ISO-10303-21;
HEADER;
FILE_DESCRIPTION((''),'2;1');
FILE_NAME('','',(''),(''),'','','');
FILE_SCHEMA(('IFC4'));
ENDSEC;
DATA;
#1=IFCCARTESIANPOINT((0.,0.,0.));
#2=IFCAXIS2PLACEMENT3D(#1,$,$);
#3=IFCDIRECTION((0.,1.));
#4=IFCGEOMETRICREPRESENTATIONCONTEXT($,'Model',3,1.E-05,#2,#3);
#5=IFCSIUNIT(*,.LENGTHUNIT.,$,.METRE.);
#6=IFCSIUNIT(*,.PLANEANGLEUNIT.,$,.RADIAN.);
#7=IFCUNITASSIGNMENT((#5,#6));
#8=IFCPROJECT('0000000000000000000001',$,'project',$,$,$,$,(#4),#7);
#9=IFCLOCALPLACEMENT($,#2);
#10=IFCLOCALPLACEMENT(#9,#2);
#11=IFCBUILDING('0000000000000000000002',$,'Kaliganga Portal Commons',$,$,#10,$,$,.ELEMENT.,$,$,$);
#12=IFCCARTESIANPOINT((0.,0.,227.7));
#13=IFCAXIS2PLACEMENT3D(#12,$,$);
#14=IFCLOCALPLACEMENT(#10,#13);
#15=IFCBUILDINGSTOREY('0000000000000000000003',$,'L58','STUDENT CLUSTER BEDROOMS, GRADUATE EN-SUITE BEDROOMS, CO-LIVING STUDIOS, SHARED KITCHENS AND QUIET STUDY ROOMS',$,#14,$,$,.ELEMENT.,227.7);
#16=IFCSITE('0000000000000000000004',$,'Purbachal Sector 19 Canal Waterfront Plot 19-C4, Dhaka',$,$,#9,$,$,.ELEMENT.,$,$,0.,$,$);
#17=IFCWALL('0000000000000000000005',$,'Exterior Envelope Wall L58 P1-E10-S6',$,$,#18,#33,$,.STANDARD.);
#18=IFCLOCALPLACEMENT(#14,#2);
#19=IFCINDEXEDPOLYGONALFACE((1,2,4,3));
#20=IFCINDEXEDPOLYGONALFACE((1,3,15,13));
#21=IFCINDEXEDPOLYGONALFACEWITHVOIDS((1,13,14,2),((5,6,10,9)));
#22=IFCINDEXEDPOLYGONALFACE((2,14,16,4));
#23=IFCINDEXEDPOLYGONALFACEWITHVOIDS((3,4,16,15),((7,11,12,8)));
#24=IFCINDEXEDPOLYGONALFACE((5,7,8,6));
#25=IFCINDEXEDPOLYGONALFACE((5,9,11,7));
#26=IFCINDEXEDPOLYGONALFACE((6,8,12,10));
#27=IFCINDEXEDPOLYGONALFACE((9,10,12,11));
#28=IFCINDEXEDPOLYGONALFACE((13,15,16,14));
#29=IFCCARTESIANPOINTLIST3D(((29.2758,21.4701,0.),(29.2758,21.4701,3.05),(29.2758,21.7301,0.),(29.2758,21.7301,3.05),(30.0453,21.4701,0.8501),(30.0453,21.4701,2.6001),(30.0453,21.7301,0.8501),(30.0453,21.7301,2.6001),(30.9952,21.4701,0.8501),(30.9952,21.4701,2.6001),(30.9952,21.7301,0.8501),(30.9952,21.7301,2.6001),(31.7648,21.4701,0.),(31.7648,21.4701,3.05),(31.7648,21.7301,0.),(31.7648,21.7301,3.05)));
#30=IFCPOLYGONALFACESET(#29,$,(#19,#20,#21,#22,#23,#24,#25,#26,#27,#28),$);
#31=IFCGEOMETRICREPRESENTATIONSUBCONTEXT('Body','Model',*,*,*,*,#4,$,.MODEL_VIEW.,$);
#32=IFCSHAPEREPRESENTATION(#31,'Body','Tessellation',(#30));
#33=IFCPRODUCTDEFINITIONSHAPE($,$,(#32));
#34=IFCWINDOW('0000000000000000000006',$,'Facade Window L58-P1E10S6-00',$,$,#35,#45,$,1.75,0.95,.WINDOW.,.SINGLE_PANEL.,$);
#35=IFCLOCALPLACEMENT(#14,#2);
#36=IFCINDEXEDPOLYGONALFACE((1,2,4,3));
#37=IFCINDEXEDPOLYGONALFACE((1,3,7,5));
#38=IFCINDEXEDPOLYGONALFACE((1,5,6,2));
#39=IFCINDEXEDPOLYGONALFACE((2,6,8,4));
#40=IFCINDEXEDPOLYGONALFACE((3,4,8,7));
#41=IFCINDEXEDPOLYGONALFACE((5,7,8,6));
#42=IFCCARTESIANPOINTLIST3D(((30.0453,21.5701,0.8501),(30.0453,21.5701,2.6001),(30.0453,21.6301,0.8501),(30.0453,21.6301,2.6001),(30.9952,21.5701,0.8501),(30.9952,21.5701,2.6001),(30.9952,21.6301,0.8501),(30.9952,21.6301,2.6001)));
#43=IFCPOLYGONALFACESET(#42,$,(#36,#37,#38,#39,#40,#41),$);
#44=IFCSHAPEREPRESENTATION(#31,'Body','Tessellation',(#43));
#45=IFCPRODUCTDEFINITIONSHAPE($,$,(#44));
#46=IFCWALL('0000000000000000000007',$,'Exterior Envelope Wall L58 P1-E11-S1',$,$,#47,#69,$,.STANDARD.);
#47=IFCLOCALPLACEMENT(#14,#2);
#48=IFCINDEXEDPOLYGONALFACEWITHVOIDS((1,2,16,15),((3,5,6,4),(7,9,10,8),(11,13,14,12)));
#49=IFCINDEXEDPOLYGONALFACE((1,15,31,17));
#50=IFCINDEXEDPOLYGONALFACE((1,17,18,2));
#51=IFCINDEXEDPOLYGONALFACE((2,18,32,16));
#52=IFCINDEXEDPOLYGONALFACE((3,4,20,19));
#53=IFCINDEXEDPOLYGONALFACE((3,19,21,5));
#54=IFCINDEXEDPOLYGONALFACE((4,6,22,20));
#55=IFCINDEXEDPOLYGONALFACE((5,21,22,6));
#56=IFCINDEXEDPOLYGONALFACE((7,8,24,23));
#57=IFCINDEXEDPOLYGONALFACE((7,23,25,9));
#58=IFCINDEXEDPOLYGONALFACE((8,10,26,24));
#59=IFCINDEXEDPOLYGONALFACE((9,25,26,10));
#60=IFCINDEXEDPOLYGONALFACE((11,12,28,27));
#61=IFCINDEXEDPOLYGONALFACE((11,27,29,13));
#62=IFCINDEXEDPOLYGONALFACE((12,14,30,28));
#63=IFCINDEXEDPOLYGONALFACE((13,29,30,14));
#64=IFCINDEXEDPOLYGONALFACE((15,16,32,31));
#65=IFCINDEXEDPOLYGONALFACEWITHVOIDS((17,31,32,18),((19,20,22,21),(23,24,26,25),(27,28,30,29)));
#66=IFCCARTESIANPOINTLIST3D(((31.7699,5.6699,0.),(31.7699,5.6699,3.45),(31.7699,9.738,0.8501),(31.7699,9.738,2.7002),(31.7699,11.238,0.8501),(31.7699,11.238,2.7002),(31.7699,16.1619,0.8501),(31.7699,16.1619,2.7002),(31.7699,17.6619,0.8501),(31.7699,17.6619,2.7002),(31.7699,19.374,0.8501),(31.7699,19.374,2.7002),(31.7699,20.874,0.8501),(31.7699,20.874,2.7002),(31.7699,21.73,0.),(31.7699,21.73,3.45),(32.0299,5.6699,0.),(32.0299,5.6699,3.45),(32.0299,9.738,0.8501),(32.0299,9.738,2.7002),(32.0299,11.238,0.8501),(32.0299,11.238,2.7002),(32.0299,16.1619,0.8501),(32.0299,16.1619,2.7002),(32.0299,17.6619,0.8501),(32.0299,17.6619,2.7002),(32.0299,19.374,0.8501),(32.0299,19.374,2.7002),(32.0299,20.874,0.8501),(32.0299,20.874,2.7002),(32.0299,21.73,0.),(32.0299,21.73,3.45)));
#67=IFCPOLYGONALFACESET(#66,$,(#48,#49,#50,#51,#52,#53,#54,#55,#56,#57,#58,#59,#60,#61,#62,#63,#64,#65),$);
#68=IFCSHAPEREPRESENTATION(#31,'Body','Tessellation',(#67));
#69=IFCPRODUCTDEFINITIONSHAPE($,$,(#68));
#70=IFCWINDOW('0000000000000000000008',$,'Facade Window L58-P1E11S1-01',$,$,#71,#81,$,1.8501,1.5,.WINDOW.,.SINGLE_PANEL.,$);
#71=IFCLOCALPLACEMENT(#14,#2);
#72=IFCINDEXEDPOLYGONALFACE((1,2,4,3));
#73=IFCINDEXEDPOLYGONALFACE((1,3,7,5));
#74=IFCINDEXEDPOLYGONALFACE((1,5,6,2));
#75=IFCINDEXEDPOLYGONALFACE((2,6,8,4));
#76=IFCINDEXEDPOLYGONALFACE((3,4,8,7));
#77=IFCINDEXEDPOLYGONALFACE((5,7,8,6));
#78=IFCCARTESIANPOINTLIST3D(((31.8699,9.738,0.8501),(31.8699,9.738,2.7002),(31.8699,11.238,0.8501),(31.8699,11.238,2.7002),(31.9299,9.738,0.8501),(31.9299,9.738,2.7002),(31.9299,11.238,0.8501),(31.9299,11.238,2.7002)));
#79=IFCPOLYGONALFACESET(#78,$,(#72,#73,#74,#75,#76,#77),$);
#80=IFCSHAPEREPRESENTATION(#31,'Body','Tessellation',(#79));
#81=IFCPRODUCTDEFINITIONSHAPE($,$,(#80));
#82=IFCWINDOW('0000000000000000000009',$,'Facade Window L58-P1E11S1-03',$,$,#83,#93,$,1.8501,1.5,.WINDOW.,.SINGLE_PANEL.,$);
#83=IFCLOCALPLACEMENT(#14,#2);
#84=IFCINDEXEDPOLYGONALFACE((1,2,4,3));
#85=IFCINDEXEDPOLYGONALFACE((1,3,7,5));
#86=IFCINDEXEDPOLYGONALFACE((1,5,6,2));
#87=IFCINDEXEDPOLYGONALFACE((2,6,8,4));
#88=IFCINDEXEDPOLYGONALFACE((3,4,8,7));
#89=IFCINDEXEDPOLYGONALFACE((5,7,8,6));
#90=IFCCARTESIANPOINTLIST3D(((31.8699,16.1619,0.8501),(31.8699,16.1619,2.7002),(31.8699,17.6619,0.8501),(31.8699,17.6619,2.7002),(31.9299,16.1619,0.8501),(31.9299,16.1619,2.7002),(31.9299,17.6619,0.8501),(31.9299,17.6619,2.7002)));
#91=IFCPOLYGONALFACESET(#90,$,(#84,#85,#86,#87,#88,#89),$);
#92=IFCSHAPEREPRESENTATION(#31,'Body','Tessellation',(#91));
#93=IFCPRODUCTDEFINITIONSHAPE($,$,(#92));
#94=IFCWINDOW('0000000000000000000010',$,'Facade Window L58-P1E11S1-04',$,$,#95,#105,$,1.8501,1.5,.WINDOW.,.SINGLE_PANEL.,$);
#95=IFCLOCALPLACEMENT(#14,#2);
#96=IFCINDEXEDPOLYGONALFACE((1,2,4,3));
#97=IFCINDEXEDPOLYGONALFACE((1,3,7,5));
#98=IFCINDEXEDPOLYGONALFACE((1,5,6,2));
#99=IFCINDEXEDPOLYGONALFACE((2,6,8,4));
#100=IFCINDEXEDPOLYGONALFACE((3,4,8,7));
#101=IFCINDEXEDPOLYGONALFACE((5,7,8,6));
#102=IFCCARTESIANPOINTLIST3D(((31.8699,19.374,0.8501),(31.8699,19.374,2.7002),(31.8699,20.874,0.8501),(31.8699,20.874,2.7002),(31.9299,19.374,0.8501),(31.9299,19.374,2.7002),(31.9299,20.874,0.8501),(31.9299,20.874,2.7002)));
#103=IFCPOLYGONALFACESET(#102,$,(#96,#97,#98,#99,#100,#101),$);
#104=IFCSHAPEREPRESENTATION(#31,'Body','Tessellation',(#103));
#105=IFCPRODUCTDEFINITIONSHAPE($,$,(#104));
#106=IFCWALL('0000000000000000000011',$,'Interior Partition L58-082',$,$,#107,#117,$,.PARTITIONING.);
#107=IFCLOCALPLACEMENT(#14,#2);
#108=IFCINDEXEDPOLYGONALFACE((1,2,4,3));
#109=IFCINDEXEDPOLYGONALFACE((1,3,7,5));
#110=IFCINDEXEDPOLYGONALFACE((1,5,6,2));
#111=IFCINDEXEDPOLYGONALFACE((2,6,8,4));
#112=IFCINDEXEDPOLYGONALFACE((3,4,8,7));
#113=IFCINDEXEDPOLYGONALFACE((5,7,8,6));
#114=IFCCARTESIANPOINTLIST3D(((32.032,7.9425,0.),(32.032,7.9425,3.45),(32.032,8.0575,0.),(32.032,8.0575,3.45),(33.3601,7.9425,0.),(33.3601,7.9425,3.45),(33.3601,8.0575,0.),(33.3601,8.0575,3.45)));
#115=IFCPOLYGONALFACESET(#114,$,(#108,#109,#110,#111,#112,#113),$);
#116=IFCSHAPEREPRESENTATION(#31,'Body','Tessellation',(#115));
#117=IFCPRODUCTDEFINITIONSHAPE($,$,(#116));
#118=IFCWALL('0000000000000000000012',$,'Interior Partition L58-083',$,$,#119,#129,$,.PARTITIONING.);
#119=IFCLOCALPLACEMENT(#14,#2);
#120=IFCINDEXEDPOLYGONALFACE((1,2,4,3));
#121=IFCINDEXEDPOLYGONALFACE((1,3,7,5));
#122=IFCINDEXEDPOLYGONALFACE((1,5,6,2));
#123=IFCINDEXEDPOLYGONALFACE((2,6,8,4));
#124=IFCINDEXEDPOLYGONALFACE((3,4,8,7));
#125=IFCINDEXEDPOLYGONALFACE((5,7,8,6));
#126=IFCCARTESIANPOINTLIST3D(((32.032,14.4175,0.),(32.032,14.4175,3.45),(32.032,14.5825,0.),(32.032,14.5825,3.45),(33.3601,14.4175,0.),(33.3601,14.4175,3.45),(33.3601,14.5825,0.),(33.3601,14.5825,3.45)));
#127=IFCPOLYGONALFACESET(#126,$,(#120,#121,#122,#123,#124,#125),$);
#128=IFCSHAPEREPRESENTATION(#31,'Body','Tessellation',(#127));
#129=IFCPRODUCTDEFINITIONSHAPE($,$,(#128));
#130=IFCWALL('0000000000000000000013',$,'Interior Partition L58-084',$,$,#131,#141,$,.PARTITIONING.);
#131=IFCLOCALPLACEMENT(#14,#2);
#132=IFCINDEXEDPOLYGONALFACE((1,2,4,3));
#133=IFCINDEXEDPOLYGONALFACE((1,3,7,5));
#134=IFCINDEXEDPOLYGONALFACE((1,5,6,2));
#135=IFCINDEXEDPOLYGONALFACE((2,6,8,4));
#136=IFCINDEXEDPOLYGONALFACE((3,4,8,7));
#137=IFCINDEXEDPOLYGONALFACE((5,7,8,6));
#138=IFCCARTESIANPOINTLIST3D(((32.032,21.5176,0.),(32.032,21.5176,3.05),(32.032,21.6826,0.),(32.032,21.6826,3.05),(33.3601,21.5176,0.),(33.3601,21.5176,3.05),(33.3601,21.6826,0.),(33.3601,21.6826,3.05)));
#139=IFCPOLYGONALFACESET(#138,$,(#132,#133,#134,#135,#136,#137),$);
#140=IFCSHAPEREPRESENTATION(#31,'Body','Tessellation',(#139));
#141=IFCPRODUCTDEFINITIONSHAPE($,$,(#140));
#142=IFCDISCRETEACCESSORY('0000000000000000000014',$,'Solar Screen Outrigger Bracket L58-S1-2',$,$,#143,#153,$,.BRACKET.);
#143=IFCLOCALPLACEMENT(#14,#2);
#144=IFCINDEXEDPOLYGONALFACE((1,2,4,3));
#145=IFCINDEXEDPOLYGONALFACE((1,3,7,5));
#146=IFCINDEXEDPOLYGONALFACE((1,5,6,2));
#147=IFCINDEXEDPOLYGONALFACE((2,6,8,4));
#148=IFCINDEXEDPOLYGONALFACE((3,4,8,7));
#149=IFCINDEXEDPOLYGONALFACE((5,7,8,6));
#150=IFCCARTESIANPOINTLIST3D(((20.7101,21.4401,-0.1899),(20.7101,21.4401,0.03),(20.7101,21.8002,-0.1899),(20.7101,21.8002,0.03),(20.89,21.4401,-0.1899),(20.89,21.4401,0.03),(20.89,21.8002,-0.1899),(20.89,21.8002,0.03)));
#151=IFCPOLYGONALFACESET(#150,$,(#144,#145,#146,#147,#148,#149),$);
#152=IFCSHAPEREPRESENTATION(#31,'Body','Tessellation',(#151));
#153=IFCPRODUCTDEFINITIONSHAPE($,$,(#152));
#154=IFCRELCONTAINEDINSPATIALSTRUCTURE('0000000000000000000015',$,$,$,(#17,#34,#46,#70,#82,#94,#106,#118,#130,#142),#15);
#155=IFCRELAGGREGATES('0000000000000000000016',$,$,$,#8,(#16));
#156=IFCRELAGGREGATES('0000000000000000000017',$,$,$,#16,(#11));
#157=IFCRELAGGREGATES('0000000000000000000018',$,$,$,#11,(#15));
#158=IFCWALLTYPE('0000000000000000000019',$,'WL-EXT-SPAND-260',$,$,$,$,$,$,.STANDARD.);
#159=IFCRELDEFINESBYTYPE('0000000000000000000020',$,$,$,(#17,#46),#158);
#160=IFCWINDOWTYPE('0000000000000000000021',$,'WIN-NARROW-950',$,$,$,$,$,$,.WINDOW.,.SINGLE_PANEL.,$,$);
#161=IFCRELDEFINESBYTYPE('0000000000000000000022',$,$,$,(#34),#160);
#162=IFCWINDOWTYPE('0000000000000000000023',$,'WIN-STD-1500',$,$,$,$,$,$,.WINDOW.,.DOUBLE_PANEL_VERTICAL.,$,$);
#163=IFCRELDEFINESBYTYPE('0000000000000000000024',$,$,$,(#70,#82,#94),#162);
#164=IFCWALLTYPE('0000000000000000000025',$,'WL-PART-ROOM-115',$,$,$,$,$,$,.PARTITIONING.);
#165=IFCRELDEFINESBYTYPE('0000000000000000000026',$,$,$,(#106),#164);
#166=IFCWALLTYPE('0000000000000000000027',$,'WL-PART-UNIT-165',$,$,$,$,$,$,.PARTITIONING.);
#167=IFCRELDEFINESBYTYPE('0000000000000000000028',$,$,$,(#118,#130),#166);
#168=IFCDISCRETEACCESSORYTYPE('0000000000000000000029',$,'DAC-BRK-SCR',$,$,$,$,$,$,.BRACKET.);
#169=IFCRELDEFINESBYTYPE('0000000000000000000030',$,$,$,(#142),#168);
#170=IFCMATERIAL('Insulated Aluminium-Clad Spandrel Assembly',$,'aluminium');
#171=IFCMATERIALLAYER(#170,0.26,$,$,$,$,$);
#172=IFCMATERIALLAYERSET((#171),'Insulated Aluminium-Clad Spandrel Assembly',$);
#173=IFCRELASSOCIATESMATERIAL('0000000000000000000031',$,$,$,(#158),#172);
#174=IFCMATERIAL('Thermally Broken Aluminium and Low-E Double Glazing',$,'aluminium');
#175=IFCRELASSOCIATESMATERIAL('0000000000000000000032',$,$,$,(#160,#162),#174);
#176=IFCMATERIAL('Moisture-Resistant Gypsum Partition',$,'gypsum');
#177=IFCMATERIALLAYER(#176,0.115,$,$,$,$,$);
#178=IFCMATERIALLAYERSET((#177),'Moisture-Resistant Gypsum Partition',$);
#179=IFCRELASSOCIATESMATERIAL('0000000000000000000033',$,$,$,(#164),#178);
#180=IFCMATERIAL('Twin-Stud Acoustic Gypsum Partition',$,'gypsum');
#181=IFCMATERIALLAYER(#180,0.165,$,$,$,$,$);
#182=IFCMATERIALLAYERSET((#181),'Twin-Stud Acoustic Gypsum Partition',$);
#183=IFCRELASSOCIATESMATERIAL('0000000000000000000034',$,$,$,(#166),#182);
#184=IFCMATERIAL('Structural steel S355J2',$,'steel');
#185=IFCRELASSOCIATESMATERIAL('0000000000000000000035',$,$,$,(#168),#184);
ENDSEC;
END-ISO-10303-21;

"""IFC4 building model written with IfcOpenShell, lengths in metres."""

from ifc_helpers import new_model, si_unit, direction, frame, frame_2d, origin, origin_2d, place, context, subcontext, project, spatial, rectangle, extrude, source, transform, mapped, material, layer, layer_set, type_object, element, fill, save


model = new_model("IFC4")

# Units and contexts
model_context = context("Model", 3, precision=1e-05, world=origin(), true_north=direction((0.0, 1.0)))
body_context = subcontext(model_context, "Body", "Model", "MODEL_VIEW")
ifc_project = project(units=[si_unit("LENGTHUNIT", "METRE"), si_unit("PLANEANGLEUNIT", "RADIAN")], contexts=[model_context])

# Site, building, storey
site_placement = place(None, origin())
site = spatial("IfcSite", under=ifc_project, at=site_placement, Name="Purbachal Sector 19 Canal Waterfront Plot 19-C4, Dhaka", CompositionType="ELEMENT", RefElevation=0.0)
building_placement = place(site_placement, origin())
building = spatial("IfcBuilding", under=site, at=building_placement, Name="Kaliganga Portal Commons", CompositionType="ELEMENT")
storey_placement = place(building_placement, frame((0.0, 0.0, 227.7)))
storey = spatial("IfcBuildingStorey", under=building, at=storey_placement, Name="L58", Description="STUDENT CLUSTER BEDROOMS, GRADUATE EN-SUITE BEDROOMS, CO-LIVING STUDIOS, SHARED KITCHENS AND QUIET STUDY ROOMS", CompositionType="ELEMENT", Elevation=227.7)

# Shared definitions
ifc_material_1 = material(Name="Structural steel S355J2", Category="steel")

# Wall, opening, window
ifc_material_2 = material(Name="Insulated Aluminium-Clad Spandrel Assembly", Category="aluminium")
ifc_layer_1 = layer(ifc_material_2, 0.26)
ifc_layer_set_1 = layer_set([ifc_layer_1], Name="Insulated Aluminium-Clad Spandrel Assembly")
wall_type_1 = type_object("IfcWallType", Name="WL-EXT-SPAND-260", PredefinedType="STANDARD", material=ifc_layer_set_1)
ifc_material_3 = material(Name="Thermally Broken Aluminium and Low-E Double Glazing", Category="aluminium")
window_type_1 = type_object("IfcWindowType", Name="WIN-NARROW-950", PartitioningType="SINGLE_PANEL", PredefinedType="WINDOW", material=ifc_material_3)
wall_1_placement = place(storey_placement, frame((31.7649, 21.6001, 0.0), z_axis=(0.0, 0.0, 1.0), x_axis=(-1.0, 0.0, 0.0)))
wall_1 = element("IfcWall", 1, at=wall_1_placement, inside=storey, type_object=wall_type_1, Name="Exterior Envelope Wall L58 P1-E10-S6", PredefinedType="STANDARD", context=body_context, shape_type="SweptSolid", body=[
    extrude(rectangle(XDim=2.489, YDim=0.26, at=frame_2d((1.2446, 0.0))), origin(), (0.0, 0.0, 1.0), 3.05),
])
opening_1_placement = place(wall_1_placement, frame((0.7695, 0.0, 0.8501)))
opening_1 = element("IfcOpeningElement", 2, at=opening_1_placement, cuts=wall_1, PredefinedType="OPENING", context=body_context, shape_type="SweptSolid", body=[
    extrude(rectangle(XDim=0.95, YDim=1.75, at=frame_2d((0.4751, 0.875))), frame((0.0, 0.1401, 0.0), z_axis=(0.0, -1.0, 0.0), x_axis=(1.0, 0.0, 0.0)), (0.0, 0.0, 1.0), 0.28),
])
window_1_placement = place(opening_1_placement, origin())
window_1 = element("IfcWindow", 3, at=window_1_placement, inside=storey, type_object=window_type_1, Name="Facade Window L58-P1E10S6-00", OverallHeight=1.75, OverallWidth=0.95, PartitioningType="SINGLE_PANEL", PredefinedType="WINDOW", context=body_context, shape_type="SweptSolid", body=[
    extrude(rectangle(XDim=0.95, YDim=1.75, at=frame_2d((0.4751, 0.875))), frame((0.0, 0.03, 0.0), z_axis=(0.0, -1.0, 0.0), x_axis=(1.0, 0.0, 0.0)), (0.0, 0.0, 1.0), 0.0601),
])
fill(opening_1, window_1)

# Wall, openings, windows
wall_2_placement = place(storey_placement, frame((31.8999, 5.6699, 0.0), z_axis=(0.0, 0.0, 1.0), x_axis=(0.0, 1.0, 0.0)))
wall_2 = element("IfcWall", 4, at=wall_2_placement, inside=storey, type_object=wall_type_1, Name="Exterior Envelope Wall L58 P1-E11-S1", PredefinedType="STANDARD", context=body_context, shape_type="SweptSolid", body=[
    extrude(rectangle(XDim=16.0601, YDim=0.26, at=frame_2d((8.03, 0.0))), origin(), (0.0, 0.0, 1.0), 3.45),
])
opening_2_placement = place(wall_2_placement, frame((4.0681, 0.0, 0.8501)))
opening_2 = element("IfcOpeningElement", 5, at=opening_2_placement, cuts=wall_2, PredefinedType="OPENING", context=body_context, shape_type="SweptSolid", body=[
    extrude(rectangle(XDim=1.5, YDim=1.8501, at=frame_2d((0.75, 0.925))), frame((0.0, 0.1401, 0.0), z_axis=(0.0, -1.0, 0.0), x_axis=(1.0, 0.0, 0.0)), (0.0, 0.0, 1.0), 0.28),
])
opening_3_placement = place(wall_2_placement, frame((10.4919, 0.0, 0.8501)))
opening_3 = element("IfcOpeningElement", 6, at=opening_3_placement, cuts=wall_2, PredefinedType="OPENING", context=body_context, shape_type="SweptSolid", body=[
    extrude(rectangle(XDim=1.5, YDim=1.8501, at=frame_2d((0.75, 0.925))), frame((0.0, 0.1401, 0.0), z_axis=(0.0, -1.0, 0.0), x_axis=(1.0, 0.0, 0.0)), (0.0, 0.0, 1.0), 0.28),
])
opening_4_placement = place(wall_2_placement, frame((13.7041, 0.0, 0.8501)))
opening_4 = element("IfcOpeningElement", 7, at=opening_4_placement, cuts=wall_2, PredefinedType="OPENING", context=body_context, shape_type="SweptSolid", body=[
    extrude(rectangle(XDim=1.5, YDim=1.8501, at=frame_2d((0.75, 0.925))), frame((0.0, 0.1401, 0.0), z_axis=(0.0, -1.0, 0.0), x_axis=(1.0, 0.0, 0.0)), (0.0, 0.0, 1.0), 0.28),
])
window_type_2 = type_object("IfcWindowType", Name="WIN-STD-1500", PartitioningType="DOUBLE_PANEL_VERTICAL", PredefinedType="WINDOW", material=ifc_material_3)
window_2_placement = place(opening_2_placement, origin())
window_2 = element("IfcWindow", 8, at=window_2_placement, inside=storey, type_object=window_type_2, Name="Facade Window L58-P1E11S1-01", OverallHeight=1.8501, OverallWidth=1.5, PartitioningType="SINGLE_PANEL", PredefinedType="WINDOW", context=body_context, shape_type="SweptSolid", body=[
    extrude(rectangle(XDim=1.5, YDim=1.8501, at=frame_2d((0.75, 0.925))), frame((0.0, 0.03, 0.0), z_axis=(0.0, -1.0, 0.0), x_axis=(1.0, 0.0, 0.0)), (0.0, 0.0, 1.0), 0.0601),
])
fill(opening_2, window_2)
window_3_placement = place(opening_3_placement, origin())
window_3 = element("IfcWindow", 9, at=window_3_placement, inside=storey, type_object=window_type_2, Name="Facade Window L58-P1E11S1-03", OverallHeight=1.8501, OverallWidth=1.5, PartitioningType="SINGLE_PANEL", PredefinedType="WINDOW", context=body_context, shape_type="SweptSolid", body=[
    extrude(rectangle(XDim=1.5, YDim=1.8501, at=frame_2d((0.75, 0.925))), frame((0.0, 0.03, 0.0), z_axis=(0.0, -1.0, 0.0), x_axis=(1.0, 0.0, 0.0)), (0.0, 0.0, 1.0), 0.0601),
])
fill(opening_3, window_3)
window_4_placement = place(opening_4_placement, origin())
window_4 = element("IfcWindow", 10, at=window_4_placement, inside=storey, type_object=window_type_2, Name="Facade Window L58-P1E11S1-04", OverallHeight=1.8501, OverallWidth=1.5, PartitioningType="SINGLE_PANEL", PredefinedType="WINDOW", context=body_context, shape_type="SweptSolid", body=[
    extrude(rectangle(XDim=1.5, YDim=1.8501, at=frame_2d((0.75, 0.925))), frame((0.0, 0.03, 0.0), z_axis=(0.0, -1.0, 0.0), x_axis=(1.0, 0.0, 0.0)), (0.0, 0.0, 1.0), 0.0601),
])
fill(opening_4, window_4)

# Walls
ifc_material_4 = material(Name="Moisture-Resistant Gypsum Partition", Category="gypsum")
ifc_layer_2 = layer(ifc_material_4, 0.115)
ifc_layer_set_2 = layer_set([ifc_layer_2], Name="Moisture-Resistant Gypsum Partition")
wall_type_2 = type_object("IfcWallType", Name="WL-PART-ROOM-115", PredefinedType="PARTITIONING", material=ifc_layer_set_2)
wall_3_placement = place(storey_placement, frame((32.032, 8.0, 0.0), z_axis=(0.0, 0.0, 1.0), x_axis=(1.0, 0.0, 0.0)))
element("IfcWall", 11, at=wall_3_placement, inside=storey, type_object=wall_type_2, Name="Interior Partition L58-082", PredefinedType="PARTITIONING", context=body_context, shape_type="SweptSolid", body=[
    extrude(rectangle(XDim=1.3281, YDim=0.115, at=frame_2d((0.6641, 0.0))), origin(), (0.0, 0.0, 1.0), 3.45),
])
ifc_material_5 = material(Name="Twin-Stud Acoustic Gypsum Partition", Category="gypsum")
ifc_layer_3 = layer(ifc_material_5, 0.165)
ifc_layer_set_3 = layer_set([ifc_layer_3], Name="Twin-Stud Acoustic Gypsum Partition")
wall_type_3 = type_object("IfcWallType", Name="WL-PART-UNIT-165", PredefinedType="PARTITIONING", material=ifc_layer_set_3)
wall_4_placement = place(storey_placement, frame((32.032, 14.5, 0.0), z_axis=(0.0, 0.0, 1.0), x_axis=(1.0, 0.0, 0.0)))
element("IfcWall", 12, at=wall_4_placement, inside=storey, type_object=wall_type_3, Name="Interior Partition L58-083", PredefinedType="PARTITIONING", context=body_context, shape_type="SweptSolid", body=[
    extrude(rectangle(XDim=1.3281, YDim=0.165, at=frame_2d((0.6641, 0.0))), origin(), (0.0, 0.0, 1.0), 3.45),
])
wall_5_placement = place(storey_placement, frame((32.032, 21.6001, 0.0), z_axis=(0.0, 0.0, 1.0), x_axis=(1.0, 0.0, 0.0)))
element("IfcWall", 13, at=wall_5_placement, inside=storey, type_object=wall_type_3, Name="Interior Partition L58-084", PredefinedType="PARTITIONING", context=body_context, shape_type="SweptSolid", body=[
    extrude(rectangle(XDim=1.3281, YDim=0.165, at=frame_2d((0.6641, 0.0))), origin(), (0.0, 0.0, 1.0), 3.05),
])

# Discrete accessory
discrete_accessory_type = type_object("IfcDiscreteAccessoryType", Name="DAC-BRK-SCR", PredefinedType="BRACKET", material=ifc_material_1)
shared_shape_1 = source(origin(), body_context, "Body", "SweptSolid", [
    extrude(rectangle(XDim=0.1799, YDim=0.3601, at=origin_2d()), origin(), (0.0, 0.0, 1.0), 0.22),
])
discrete_accessory_placement = place(storey_placement, frame((20.8, 21.6201, -0.1899), z_axis=(0.0, 0.0, 1.0), x_axis=(1.0, 0.0, 0.0)))
element("IfcDiscreteAccessory", 14, at=discrete_accessory_placement, inside=storey, type_object=discrete_accessory_type, Name="Solar Screen Outrigger Bracket L58-S1-2", PredefinedType="BRACKET", context=body_context, shape_type="MappedRepresentation", body=[
    mapped(shared_shape_1, transform((0.0, 0.0, 0.0), x_axis=(1.0, 0.0, 0.0), y_axis=(0.0, 1.0, 0.0), z_axis=(0.0, 0.0, 1.0), scale=1.0)),
])

save(model, "model.ifc")
